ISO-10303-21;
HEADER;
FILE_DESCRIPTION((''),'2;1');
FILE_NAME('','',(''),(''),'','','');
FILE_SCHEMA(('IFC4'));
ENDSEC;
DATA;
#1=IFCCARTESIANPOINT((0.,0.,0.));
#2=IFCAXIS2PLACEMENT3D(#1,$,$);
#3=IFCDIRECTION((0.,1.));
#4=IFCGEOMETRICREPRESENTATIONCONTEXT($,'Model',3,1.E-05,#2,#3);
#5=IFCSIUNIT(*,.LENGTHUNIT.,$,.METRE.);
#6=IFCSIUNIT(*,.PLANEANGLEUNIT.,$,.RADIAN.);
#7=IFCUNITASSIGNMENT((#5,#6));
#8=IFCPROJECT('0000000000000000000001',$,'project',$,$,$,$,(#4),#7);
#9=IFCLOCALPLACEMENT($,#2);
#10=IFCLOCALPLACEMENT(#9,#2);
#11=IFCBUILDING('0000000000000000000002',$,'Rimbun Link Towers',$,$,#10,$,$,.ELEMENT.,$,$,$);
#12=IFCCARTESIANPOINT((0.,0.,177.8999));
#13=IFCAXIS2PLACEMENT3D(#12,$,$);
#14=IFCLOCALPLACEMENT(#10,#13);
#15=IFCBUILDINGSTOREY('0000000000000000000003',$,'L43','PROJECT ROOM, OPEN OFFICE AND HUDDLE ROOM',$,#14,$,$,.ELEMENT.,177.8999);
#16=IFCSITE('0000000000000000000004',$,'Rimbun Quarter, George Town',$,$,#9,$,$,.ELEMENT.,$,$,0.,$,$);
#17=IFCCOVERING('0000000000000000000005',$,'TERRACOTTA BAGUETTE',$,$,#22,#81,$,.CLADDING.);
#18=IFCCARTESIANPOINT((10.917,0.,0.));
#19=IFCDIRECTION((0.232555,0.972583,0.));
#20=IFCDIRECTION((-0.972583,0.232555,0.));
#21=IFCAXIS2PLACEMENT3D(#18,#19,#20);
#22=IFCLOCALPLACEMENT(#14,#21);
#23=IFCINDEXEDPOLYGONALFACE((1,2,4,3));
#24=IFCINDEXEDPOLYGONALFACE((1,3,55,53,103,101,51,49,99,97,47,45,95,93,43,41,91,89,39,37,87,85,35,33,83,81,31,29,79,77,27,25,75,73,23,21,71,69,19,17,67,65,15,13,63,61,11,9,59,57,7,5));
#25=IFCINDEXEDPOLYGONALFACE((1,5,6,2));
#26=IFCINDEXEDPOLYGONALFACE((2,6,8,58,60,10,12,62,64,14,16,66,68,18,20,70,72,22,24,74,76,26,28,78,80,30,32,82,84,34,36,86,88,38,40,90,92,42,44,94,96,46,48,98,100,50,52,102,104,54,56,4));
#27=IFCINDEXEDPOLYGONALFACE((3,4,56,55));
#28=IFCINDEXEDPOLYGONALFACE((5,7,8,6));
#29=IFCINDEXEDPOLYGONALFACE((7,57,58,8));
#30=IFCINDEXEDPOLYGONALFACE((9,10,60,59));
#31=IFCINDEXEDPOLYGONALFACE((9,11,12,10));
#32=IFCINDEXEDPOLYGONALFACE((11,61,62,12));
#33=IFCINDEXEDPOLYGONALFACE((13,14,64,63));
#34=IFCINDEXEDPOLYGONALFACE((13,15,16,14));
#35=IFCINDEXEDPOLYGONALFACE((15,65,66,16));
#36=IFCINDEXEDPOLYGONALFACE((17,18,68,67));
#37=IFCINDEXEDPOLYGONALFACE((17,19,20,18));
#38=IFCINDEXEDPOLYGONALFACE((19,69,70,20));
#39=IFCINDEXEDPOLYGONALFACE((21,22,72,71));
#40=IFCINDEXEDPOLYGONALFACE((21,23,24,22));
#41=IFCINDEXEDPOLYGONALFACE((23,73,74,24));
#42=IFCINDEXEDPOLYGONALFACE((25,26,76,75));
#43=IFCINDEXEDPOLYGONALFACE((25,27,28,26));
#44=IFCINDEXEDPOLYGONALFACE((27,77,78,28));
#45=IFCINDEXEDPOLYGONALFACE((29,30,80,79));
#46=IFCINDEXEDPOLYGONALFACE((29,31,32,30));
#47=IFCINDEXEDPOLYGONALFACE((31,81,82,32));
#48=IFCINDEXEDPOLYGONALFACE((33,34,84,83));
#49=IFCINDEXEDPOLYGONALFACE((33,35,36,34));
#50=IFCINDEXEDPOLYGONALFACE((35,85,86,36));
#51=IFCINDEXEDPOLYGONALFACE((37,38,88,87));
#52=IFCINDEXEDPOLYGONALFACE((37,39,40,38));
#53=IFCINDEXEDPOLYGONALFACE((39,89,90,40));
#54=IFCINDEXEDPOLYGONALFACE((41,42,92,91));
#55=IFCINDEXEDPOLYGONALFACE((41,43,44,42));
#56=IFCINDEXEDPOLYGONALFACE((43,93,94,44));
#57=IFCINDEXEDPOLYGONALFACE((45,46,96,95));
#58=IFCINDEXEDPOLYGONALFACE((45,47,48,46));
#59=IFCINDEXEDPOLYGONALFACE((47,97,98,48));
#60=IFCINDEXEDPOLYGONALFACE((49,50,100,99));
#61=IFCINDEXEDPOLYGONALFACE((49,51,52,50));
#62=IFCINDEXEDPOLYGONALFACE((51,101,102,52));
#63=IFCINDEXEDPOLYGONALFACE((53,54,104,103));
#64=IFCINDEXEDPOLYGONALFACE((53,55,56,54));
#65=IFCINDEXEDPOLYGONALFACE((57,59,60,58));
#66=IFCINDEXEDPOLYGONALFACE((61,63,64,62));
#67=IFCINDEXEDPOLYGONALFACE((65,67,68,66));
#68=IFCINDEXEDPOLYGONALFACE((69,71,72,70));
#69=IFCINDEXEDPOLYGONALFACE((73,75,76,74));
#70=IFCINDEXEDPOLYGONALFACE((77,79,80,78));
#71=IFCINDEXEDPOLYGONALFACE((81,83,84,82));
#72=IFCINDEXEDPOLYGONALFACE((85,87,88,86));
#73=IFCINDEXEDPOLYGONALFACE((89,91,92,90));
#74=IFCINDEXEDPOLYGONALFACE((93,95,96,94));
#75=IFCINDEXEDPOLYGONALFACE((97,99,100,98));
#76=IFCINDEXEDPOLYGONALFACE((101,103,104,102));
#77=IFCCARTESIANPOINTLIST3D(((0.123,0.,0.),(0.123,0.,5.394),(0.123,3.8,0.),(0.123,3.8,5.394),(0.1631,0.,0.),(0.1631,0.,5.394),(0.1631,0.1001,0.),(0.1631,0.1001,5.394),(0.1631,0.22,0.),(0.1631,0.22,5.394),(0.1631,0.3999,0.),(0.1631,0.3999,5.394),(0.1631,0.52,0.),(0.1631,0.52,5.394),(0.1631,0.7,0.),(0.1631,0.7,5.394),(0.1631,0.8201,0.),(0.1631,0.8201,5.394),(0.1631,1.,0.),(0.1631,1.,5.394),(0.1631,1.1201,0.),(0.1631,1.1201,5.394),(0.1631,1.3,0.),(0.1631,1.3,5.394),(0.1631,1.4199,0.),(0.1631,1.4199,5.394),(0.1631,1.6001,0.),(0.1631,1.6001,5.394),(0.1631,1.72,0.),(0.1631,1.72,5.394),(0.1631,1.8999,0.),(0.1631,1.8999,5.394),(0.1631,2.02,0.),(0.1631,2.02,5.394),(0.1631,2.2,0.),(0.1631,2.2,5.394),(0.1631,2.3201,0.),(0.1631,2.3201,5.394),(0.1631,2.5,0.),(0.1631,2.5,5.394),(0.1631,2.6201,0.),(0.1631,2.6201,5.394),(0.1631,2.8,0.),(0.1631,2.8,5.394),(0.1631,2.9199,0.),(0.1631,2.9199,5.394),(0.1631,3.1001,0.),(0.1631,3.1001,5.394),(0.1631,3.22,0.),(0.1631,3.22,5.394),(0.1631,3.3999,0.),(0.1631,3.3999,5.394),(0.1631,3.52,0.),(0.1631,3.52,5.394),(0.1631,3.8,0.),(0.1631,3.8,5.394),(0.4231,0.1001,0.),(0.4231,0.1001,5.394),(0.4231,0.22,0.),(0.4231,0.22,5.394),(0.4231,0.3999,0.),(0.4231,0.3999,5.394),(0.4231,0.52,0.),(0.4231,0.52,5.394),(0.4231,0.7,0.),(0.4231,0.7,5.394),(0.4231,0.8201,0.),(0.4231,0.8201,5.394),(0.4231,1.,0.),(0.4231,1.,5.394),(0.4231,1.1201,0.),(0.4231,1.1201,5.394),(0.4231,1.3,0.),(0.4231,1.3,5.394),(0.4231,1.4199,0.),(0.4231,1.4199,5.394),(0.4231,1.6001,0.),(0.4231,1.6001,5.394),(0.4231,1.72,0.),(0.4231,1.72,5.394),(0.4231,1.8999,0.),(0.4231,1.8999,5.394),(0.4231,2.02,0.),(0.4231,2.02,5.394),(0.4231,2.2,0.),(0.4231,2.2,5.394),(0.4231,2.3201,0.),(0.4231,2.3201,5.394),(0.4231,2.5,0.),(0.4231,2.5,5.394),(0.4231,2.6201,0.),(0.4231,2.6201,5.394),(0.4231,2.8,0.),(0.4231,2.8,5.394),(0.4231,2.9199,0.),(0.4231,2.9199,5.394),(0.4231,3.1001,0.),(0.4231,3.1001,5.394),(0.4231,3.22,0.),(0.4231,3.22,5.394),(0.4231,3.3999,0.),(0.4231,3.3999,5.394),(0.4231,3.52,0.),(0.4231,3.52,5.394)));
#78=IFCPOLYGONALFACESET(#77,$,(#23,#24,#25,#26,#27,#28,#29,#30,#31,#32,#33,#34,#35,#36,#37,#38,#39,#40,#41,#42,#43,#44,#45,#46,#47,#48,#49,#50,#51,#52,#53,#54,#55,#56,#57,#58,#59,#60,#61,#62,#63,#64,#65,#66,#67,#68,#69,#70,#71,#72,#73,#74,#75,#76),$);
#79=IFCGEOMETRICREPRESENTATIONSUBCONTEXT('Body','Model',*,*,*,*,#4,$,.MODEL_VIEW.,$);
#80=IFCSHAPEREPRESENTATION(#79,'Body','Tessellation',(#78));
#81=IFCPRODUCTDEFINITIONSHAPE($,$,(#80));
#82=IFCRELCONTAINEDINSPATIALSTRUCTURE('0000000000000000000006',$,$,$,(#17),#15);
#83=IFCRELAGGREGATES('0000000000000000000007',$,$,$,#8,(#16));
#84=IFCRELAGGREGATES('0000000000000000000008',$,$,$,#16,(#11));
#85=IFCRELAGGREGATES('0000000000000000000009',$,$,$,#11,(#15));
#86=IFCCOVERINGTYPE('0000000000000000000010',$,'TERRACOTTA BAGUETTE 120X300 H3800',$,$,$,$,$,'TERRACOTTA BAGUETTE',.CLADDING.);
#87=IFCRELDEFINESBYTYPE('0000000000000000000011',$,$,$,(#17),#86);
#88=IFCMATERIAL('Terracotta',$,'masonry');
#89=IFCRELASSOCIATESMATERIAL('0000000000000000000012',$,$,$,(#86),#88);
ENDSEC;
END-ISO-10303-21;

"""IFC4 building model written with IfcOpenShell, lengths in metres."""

from ifc_helpers import new_model, si_unit, direction, frame, origin, place, context, subcontext, project, spatial, polyline, outline, extrude, material, material_profile, profile_set, type_object, element, save


model = new_model("IFC4")

# Units and contexts
model_context = context("Model", 3, precision=1e-05, world=origin(), true_north=direction((0.0, 1.0)))
body_context = subcontext(model_context, "Body", "Model", "MODEL_VIEW")
ifc_project = project(units=[si_unit("LENGTHUNIT", "METRE"), si_unit("PLANEANGLEUNIT", "RADIAN")], contexts=[model_context])

# Site, building, storey
site_placement = place(None, origin())
site = spatial("IfcSite", under=ifc_project, at=site_placement, Name="Rimbun Quarter, George Town", CompositionType="ELEMENT", RefElevation=0.0)
building_placement = place(site_placement, origin())
building = spatial("IfcBuilding", under=site, at=building_placement, Name="Rimbun Link Towers", CompositionType="ELEMENT")
storey_placement = place(building_placement, frame((0.0, 0.0, 177.8999)))
storey = spatial("IfcBuildingStorey", under=building, at=storey_placement, Name="L43", Description="PROJECT ROOM, OPEN OFFICE AND HUDDLE ROOM", CompositionType="ELEMENT", Elevation=177.8999)

# Covering
ifc_material_1 = material(Name="Terracotta", Category="masonry")
ifc_material_profile_1 = material_profile(ifc_material_1, outline(polyline([(0.123, 0.0), (0.1631, 0.0), (0.1631, 0.1001), (0.4231, 0.1001), (0.4231, 0.22), (0.1631, 0.22), (0.1631, 0.3999), (0.4231, 0.3999), (0.4231, 0.52), (0.1631, 0.52), (0.1631, 0.7), (0.4231, 0.7), (0.4231, 0.8201), (0.1631, 0.8201), (0.1631, 1.0), (0.4231, 1.0), (0.4231, 1.1201), (0.1631, 1.1201), (0.1631, 1.3), (0.4231, 1.3), (0.4231, 1.4199), (0.1631, 1.4199), (0.1631, 1.6001), (0.4231, 1.6001), (0.4231, 1.72), (0.1631, 1.72), (0.1631, 1.8999), (0.4231, 1.8999), (0.4231, 2.02), (0.1631, 2.02), (0.1631, 2.2), (0.4231, 2.2), (0.4231, 2.3201), (0.1631, 2.3201), (0.1631, 2.5), (0.4231, 2.5), (0.4231, 2.6201), (0.1631, 2.6201), (0.1631, 2.8), (0.4231, 2.8), (0.4231, 2.9199), (0.1631, 2.9199), (0.1631, 3.1001), (0.4231, 3.1001), (0.4231, 3.22), (0.1631, 3.22), (0.1631, 3.3999), (0.4231, 3.3999), (0.4231, 3.52), (0.1631, 3.52), (0.1631, 3.8), (0.123, 3.8), (0.123, 0.0)])), Name="BAGUETTE 120X300")
ifc_profile_set_1 = profile_set([ifc_material_profile_1], Name="Terracotta")
covering_type = type_object("IfcCoveringType", Name="TERRACOTTA BAGUETTE 120X300 H3800", ElementType="TERRACOTTA BAGUETTE", PredefinedType="CLADDING", material=ifc_profile_set_1)
covering_1_placement = place(storey_placement, frame((10.917, 0.0, 0.0), z_axis=(0.232555, 0.972583, 0.0), x_axis=(-0.972583, 0.232555, 0.0)))
element("IfcCovering", 1, at=covering_1_placement, inside=storey, type_object=covering_type, Name="TERRACOTTA BAGUETTE", PredefinedType="CLADDING", context=body_context, shape_type="SweptSolid", body=[
    extrude(outline(polyline([(0.123, 0.0), (0.1631, 0.0), (0.1631, 0.1001), (0.4231, 0.1001), (0.4231, 0.22), (0.1631, 0.22), (0.1631, 0.3999), (0.4231, 0.3999), (0.4231, 0.52), (0.1631, 0.52), (0.1631, 0.7), (0.4231, 0.7), (0.4231, 0.8201), (0.1631, 0.8201), (0.1631, 1.0), (0.4231, 1.0), (0.4231, 1.1201), (0.1631, 1.1201), (0.1631, 1.3), (0.4231, 1.3), (0.4231, 1.4199), (0.1631, 1.4199), (0.1631, 1.6001), (0.4231, 1.6001), (0.4231, 1.72), (0.1631, 1.72), (0.1631, 1.8999), (0.4231, 1.8999), (0.4231, 2.02), (0.1631, 2.02), (0.1631, 2.2), (0.4231, 2.2), (0.4231, 2.3201), (0.1631, 2.3201), (0.1631, 2.5), (0.4231, 2.5), (0.4231, 2.6201), (0.1631, 2.6201), (0.1631, 2.8), (0.4231, 2.8), (0.4231, 2.9199), (0.1631, 2.9199), (0.1631, 3.1001), (0.4231, 3.1001), (0.4231, 3.22), (0.1631, 3.22), (0.1631, 3.3999), (0.4231, 3.3999), (0.4231, 3.52), (0.1631, 3.52), (0.1631, 3.8), (0.123, 3.8), (0.123, 0.0)])), origin(), (0.0, 0.0, 1.0), 5.394),
])

save(model, "model.ifc")
